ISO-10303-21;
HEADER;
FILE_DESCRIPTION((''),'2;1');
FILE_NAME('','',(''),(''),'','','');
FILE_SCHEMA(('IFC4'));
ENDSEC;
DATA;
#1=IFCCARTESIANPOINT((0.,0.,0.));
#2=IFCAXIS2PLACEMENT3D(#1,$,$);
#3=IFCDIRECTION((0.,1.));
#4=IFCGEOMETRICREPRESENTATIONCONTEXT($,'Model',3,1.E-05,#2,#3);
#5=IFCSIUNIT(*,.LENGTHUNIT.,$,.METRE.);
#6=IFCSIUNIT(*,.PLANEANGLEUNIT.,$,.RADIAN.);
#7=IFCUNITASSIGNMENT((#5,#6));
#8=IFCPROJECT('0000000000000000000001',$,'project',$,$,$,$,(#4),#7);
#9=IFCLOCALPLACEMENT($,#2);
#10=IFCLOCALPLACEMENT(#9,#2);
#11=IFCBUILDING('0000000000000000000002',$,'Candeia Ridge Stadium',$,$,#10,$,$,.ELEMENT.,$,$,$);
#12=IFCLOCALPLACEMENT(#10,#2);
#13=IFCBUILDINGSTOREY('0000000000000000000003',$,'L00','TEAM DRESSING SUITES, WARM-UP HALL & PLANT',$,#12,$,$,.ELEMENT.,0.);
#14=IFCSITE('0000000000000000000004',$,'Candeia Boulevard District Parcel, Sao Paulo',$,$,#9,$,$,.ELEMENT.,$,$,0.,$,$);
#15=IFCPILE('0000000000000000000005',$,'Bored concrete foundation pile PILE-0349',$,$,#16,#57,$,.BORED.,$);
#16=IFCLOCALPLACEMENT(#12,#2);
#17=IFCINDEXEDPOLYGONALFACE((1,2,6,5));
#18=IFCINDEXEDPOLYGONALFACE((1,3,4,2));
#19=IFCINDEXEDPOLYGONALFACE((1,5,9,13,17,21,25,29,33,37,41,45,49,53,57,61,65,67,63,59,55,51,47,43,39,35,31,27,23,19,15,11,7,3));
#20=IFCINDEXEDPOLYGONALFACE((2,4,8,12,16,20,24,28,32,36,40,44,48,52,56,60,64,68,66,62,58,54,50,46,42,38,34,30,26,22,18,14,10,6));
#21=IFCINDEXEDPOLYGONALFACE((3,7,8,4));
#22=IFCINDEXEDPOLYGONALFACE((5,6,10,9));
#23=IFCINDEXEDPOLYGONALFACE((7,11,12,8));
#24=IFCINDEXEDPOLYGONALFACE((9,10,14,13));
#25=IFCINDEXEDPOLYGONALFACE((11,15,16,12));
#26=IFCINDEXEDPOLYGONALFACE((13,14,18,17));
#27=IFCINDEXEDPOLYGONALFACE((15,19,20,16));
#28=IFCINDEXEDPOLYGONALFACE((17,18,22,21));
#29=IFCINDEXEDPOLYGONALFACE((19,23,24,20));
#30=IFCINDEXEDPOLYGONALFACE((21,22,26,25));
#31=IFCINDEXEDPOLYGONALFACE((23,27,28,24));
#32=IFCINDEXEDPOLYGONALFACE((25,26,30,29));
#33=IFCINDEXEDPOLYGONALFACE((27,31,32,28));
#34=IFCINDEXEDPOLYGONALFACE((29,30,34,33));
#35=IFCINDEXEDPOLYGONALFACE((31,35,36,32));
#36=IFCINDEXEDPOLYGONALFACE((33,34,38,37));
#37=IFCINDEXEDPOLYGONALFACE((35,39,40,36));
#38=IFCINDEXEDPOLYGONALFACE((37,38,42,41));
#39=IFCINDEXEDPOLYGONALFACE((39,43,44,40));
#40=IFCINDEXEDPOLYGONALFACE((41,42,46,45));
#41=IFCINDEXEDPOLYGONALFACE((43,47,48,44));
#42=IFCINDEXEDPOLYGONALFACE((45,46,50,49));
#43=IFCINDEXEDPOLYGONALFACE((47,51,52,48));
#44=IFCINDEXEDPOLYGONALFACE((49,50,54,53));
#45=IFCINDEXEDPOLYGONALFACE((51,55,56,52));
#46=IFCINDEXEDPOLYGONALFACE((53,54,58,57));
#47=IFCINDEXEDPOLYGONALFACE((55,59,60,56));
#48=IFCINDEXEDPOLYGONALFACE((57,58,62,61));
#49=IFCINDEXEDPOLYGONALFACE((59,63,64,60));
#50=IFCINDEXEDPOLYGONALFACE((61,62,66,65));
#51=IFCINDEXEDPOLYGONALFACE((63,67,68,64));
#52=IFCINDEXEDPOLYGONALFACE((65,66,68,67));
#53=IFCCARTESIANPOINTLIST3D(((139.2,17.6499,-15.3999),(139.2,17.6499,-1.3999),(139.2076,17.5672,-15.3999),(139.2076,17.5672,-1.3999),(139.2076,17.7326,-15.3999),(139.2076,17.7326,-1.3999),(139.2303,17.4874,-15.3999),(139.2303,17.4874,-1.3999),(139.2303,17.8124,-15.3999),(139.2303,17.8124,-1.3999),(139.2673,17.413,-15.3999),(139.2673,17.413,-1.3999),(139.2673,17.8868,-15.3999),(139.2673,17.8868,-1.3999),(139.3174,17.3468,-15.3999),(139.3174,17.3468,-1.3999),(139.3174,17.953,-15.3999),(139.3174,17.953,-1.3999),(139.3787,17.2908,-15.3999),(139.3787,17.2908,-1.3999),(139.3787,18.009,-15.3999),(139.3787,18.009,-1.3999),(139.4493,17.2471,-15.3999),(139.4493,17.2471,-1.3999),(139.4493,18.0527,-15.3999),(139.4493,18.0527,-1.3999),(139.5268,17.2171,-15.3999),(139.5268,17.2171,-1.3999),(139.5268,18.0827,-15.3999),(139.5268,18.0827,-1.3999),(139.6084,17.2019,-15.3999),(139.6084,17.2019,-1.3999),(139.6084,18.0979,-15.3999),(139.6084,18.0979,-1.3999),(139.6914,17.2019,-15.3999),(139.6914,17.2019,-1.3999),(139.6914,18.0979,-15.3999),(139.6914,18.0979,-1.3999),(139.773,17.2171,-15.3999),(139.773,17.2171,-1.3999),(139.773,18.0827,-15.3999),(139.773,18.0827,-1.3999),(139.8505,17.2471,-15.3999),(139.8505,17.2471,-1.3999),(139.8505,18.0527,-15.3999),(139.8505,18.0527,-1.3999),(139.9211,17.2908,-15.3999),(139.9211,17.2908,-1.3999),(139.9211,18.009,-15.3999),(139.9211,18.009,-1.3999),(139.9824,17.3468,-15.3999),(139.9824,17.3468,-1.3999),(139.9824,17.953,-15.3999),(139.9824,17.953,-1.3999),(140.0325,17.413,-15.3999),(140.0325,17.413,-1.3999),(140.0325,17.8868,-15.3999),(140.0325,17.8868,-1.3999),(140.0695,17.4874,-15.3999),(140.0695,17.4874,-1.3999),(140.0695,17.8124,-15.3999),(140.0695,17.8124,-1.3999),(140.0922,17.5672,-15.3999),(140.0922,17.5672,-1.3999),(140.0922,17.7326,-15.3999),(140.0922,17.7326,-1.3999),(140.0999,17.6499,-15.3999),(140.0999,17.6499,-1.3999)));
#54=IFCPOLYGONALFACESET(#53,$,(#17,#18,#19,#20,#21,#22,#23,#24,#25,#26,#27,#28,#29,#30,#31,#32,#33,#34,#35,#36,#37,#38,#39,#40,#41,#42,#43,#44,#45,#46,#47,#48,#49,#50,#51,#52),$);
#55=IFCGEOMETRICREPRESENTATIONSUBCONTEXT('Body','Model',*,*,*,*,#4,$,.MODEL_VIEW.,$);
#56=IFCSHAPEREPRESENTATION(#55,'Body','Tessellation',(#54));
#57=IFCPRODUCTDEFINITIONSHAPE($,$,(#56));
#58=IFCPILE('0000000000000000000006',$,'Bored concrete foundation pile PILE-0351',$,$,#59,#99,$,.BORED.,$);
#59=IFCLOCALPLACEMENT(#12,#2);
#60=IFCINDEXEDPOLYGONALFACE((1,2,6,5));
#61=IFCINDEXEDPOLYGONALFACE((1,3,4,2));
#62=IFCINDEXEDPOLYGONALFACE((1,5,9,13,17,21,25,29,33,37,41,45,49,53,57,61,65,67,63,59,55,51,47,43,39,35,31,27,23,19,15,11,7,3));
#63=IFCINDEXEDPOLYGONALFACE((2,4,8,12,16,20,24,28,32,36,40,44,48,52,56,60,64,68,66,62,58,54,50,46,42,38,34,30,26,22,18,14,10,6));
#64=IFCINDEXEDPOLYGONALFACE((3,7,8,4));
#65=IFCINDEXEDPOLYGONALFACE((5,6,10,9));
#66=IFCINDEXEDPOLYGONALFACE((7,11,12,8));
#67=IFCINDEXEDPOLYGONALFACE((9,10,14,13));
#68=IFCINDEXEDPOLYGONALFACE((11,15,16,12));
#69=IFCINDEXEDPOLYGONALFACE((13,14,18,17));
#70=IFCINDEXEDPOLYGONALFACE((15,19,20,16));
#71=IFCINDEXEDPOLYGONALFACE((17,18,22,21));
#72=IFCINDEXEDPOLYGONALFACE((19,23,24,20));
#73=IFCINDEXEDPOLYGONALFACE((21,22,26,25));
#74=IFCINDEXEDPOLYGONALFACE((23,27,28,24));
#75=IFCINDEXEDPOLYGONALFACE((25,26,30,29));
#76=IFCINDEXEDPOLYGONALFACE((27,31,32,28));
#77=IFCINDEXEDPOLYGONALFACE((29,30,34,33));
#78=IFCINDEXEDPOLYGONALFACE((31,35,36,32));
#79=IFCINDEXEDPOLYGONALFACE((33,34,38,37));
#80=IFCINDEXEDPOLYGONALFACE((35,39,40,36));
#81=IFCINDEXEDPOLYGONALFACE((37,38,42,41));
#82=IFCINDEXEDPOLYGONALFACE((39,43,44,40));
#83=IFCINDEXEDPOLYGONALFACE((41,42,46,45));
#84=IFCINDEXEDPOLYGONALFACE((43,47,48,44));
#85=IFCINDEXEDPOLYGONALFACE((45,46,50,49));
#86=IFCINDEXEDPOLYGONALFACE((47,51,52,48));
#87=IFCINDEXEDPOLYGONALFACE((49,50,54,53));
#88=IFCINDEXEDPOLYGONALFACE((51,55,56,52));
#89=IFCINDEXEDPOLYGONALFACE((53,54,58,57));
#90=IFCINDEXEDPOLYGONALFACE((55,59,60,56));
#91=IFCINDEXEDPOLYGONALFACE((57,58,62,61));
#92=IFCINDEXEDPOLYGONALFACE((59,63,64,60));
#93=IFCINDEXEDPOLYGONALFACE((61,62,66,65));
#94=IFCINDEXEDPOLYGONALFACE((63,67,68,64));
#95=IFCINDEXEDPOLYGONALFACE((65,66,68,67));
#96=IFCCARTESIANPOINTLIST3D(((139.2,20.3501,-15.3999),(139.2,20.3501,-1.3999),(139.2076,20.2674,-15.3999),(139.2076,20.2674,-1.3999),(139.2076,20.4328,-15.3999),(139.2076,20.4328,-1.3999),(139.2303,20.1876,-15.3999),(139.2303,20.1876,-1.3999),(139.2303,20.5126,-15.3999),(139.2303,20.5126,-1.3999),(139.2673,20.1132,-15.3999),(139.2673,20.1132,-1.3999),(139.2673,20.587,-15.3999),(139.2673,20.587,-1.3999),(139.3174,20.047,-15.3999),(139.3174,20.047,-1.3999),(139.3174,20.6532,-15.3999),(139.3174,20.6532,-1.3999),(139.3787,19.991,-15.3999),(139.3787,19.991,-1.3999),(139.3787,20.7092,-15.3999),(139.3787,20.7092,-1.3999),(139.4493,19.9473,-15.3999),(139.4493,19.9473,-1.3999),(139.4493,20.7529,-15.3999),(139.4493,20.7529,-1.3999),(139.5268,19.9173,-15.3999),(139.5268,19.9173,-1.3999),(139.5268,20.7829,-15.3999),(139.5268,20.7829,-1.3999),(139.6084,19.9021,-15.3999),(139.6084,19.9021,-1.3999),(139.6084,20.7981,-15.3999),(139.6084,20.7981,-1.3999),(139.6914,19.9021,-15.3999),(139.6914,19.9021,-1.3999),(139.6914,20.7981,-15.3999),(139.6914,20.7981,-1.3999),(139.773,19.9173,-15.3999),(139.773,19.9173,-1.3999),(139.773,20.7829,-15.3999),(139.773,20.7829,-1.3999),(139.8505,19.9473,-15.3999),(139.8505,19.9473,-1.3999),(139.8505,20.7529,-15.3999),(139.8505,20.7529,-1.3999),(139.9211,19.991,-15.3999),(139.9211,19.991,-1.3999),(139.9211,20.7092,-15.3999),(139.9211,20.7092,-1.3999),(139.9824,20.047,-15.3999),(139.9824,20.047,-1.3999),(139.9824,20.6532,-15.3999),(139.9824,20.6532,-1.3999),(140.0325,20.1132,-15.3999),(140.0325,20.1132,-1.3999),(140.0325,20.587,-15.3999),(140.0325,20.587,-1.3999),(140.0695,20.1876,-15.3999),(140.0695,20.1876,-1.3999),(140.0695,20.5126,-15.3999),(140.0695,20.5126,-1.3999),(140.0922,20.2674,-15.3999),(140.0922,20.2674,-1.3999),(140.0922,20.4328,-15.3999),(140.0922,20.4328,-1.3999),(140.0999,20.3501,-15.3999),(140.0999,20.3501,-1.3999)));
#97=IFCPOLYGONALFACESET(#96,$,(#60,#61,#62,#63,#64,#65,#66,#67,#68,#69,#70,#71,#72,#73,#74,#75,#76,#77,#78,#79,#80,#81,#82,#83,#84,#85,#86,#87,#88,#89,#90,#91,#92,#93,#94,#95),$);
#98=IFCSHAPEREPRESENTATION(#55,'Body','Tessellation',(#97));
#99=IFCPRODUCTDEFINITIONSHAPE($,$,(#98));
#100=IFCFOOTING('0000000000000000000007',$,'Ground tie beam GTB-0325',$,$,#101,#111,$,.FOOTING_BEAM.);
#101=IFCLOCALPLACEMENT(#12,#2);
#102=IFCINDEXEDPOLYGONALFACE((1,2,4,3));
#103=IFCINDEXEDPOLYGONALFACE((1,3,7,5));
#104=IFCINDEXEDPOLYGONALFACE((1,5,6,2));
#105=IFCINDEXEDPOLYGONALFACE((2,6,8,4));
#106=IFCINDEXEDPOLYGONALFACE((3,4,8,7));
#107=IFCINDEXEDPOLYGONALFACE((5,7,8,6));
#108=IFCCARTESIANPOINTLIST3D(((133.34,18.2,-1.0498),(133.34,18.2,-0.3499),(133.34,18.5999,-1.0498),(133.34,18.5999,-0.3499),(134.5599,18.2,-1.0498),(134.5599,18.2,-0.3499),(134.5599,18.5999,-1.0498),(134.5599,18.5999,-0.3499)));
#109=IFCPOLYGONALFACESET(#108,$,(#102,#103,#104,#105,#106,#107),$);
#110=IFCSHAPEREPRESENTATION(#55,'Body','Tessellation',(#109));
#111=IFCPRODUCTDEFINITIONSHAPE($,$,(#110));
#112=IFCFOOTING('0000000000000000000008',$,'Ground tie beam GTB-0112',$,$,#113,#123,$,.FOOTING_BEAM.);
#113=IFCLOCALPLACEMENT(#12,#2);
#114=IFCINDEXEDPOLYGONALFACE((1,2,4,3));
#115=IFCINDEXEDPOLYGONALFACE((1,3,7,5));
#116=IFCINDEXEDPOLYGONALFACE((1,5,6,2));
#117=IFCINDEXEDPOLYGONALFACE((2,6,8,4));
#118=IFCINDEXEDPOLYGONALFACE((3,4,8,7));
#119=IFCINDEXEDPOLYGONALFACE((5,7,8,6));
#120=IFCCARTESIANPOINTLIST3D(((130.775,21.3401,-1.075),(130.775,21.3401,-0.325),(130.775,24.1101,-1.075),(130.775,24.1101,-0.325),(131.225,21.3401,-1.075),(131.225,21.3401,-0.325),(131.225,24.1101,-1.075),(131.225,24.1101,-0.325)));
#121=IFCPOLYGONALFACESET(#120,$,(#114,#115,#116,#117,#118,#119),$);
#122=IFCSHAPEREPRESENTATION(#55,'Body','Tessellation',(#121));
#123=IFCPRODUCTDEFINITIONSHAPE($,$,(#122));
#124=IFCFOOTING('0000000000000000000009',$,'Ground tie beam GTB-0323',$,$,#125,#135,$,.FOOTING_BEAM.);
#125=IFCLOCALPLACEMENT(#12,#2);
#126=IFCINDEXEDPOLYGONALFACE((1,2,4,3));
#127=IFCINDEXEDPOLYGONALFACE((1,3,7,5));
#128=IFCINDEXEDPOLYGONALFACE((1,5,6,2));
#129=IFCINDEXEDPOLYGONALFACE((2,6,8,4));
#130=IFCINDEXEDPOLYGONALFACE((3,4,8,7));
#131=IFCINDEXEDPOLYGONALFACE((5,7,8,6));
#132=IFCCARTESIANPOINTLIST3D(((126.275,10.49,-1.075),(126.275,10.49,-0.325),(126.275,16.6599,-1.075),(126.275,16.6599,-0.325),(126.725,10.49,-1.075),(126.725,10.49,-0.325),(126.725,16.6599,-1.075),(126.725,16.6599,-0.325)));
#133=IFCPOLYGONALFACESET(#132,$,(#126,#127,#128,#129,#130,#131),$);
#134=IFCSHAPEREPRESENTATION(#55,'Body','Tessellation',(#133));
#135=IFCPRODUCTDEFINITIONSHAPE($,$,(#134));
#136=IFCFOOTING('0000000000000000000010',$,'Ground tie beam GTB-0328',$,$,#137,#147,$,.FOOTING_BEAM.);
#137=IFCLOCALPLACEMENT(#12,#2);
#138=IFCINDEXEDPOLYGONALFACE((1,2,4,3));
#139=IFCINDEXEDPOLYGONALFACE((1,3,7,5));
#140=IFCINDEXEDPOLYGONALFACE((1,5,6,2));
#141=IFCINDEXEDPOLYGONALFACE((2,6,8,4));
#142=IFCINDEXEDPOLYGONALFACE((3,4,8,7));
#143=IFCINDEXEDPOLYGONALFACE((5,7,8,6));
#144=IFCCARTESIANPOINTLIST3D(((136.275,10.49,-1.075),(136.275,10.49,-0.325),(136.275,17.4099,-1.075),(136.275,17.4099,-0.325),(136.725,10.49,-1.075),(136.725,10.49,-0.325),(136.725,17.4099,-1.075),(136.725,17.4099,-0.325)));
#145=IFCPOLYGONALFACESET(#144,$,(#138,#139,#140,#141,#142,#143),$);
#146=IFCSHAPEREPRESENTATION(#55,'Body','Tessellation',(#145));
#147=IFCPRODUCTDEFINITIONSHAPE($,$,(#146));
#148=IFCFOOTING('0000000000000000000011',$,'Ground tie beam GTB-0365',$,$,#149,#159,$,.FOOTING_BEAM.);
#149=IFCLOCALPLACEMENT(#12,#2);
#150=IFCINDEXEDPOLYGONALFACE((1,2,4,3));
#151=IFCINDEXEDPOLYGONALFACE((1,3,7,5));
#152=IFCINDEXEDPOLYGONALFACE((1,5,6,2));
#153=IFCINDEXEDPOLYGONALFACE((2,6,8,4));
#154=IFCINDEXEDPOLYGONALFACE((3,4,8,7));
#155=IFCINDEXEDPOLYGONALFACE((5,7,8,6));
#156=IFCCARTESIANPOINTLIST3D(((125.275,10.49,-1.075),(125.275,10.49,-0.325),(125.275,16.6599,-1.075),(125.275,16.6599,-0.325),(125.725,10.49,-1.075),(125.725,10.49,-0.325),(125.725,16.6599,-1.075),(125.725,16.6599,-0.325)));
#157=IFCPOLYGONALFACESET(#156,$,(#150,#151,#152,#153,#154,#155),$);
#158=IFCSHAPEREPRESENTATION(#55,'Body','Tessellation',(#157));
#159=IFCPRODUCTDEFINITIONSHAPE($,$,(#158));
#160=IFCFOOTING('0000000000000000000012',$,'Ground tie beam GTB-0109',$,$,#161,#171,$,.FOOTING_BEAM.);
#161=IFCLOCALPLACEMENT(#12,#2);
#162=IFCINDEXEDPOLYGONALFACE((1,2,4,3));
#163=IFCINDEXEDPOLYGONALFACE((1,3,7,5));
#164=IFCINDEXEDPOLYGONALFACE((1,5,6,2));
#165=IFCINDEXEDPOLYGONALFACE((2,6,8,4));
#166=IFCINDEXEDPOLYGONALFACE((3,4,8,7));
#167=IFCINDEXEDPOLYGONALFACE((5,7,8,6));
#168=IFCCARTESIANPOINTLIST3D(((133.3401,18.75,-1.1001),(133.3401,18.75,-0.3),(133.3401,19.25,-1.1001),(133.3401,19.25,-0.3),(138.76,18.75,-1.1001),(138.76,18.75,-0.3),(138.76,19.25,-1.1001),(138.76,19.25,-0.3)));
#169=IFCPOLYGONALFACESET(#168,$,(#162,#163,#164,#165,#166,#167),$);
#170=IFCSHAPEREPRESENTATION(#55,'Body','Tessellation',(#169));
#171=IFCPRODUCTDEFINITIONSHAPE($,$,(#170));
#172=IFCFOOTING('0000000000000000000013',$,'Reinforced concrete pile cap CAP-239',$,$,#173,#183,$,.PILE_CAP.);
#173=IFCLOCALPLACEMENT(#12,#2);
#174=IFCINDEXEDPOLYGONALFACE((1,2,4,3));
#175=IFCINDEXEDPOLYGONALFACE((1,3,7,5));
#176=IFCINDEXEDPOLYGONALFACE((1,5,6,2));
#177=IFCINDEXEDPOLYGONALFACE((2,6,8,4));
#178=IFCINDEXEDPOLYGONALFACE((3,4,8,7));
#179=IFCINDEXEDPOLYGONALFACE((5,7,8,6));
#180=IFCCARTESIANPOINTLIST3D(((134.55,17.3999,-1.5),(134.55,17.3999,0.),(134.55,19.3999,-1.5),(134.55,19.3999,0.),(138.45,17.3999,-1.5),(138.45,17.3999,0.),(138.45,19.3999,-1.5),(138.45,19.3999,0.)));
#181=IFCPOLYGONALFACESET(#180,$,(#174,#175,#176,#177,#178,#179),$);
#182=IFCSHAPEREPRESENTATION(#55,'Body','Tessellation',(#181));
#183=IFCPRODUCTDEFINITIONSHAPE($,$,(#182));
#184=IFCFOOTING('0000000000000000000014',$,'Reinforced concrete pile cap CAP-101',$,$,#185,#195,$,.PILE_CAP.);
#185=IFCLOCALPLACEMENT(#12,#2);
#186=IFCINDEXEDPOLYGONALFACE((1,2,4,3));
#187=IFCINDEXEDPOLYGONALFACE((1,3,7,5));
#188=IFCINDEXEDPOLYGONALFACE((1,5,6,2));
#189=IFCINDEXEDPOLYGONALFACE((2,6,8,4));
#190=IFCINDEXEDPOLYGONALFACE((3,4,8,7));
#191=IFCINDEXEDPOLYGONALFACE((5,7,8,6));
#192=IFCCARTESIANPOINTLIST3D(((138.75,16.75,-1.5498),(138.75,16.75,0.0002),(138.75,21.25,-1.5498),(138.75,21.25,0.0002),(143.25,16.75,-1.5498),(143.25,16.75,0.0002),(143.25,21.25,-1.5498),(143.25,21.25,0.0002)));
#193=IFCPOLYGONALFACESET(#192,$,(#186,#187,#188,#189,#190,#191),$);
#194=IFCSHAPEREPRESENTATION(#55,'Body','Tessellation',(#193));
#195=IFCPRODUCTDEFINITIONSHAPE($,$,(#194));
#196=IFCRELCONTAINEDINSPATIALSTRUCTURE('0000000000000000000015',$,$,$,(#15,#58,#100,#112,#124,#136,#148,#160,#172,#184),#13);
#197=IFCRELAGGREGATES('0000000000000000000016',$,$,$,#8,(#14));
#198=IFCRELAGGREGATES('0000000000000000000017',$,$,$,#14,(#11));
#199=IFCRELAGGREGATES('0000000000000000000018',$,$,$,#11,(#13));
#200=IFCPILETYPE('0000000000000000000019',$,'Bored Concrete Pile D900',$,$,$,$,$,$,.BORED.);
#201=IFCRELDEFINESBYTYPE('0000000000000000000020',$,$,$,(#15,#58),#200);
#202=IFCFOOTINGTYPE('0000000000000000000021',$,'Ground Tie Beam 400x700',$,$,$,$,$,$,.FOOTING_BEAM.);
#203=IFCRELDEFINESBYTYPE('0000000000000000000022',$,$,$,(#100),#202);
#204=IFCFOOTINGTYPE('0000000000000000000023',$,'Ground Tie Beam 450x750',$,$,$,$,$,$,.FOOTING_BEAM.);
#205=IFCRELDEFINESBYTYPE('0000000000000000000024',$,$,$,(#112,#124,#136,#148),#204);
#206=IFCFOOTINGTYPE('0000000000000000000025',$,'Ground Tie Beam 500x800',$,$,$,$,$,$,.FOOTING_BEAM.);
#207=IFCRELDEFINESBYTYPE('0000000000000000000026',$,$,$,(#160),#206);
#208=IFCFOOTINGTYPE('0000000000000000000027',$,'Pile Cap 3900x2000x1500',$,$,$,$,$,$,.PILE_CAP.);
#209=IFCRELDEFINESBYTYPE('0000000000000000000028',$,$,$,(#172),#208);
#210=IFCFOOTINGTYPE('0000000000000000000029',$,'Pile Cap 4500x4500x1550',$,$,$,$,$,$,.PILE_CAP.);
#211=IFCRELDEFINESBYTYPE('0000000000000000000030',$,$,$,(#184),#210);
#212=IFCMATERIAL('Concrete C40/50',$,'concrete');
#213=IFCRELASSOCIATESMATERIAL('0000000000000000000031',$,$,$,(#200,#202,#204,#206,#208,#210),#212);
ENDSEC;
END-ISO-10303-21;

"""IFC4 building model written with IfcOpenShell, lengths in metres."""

from ifc_helpers import new_model, si_unit, direction, frame, origin, origin_2d, place, context, subcontext, project, spatial, rectangle, circle, extrude, material, material_profile, profile_set, type_object, element, save


model = new_model("IFC4")

# Units and contexts
model_context = context("Model", 3, precision=1e-05, world=origin(), true_north=direction((0.0, 1.0)))
body_context = subcontext(model_context, "Body", "Model", "MODEL_VIEW")
ifc_project = project(units=[si_unit("LENGTHUNIT", "METRE"), si_unit("PLANEANGLEUNIT", "RADIAN")], contexts=[model_context])

# Site, building, storey
site_placement = place(None, origin())
site = spatial("IfcSite", under=ifc_project, at=site_placement, Name="Candeia Boulevard District Parcel, Sao Paulo", CompositionType="ELEMENT", RefElevation=0.0)
building_placement = place(site_placement, origin())
building = spatial("IfcBuilding", under=site, at=building_placement, Name="Candeia Ridge Stadium", CompositionType="ELEMENT")
storey_placement = place(building_placement, origin())
storey = spatial("IfcBuildingStorey", under=building, at=storey_placement, Name="L00", Description="TEAM DRESSING SUITES, WARM-UP HALL & PLANT", CompositionType="ELEMENT", Elevation=0.0)

# Piles
ifc_material_1 = material(Name="Concrete C40/50", Category="concrete")
ifc_material_profile_1 = material_profile(ifc_material_1, circle(Radius=0.45, at=origin_2d()), Name="PILE-D900", Category="concrete")
ifc_profile_set_1 = profile_set([ifc_material_profile_1], Name="Concrete C40/50")
pile_type_1 = type_object("IfcPileType", Name="Bored Concrete Pile D900", PredefinedType="BORED", material=ifc_profile_set_1)
for number, where, z_axis, x_axis, name in (
    (1, (139.6499, 17.6499, -1.3999), (0.0, 0.0, -1.0), (1.0, 0.0, 0.0), "Bored concrete foundation pile PILE-0349"),
    (2, (139.6499, 20.3501, -1.3999), (0.0, 0.0, -1.0), (1.0, 0.0, 0.0), "Bored concrete foundation pile PILE-0351"),
):
    element("IfcPile", number, at=place(storey_placement, frame(where, z_axis=z_axis, x_axis=x_axis)), inside=storey, type_object=pile_type_1, Name=name, PredefinedType="BORED", context=body_context, shape_type="SweptSolid", body=[
        extrude(circle(Radius=0.45, at=origin_2d()), origin(), (0.0, 0.0, 1.0), 14.0),
    ])

# Footings
footing_type_1 = type_object("IfcFootingType", Name="Ground Tie Beam 400x700", PredefinedType="FOOTING_BEAM", material=ifc_material_1)
footing_1_placement = place(storey_placement, frame((133.95, 18.3999, -1.0498), z_axis=(0.0, 0.0, 1.0), x_axis=(1.0, 0.0, 0.0)))
element("IfcFooting", 3, at=footing_1_placement, inside=storey, type_object=footing_type_1, Name="Ground tie beam GTB-0325", PredefinedType="FOOTING_BEAM", context=body_context, shape_type="SweptSolid", body=[
    extrude(rectangle(XDim=1.22, YDim=0.3999, at=origin_2d()), origin(), (0.0, 0.0, 1.0), 0.7),
])
footing_type_2 = type_object("IfcFootingType", Name="Ground Tie Beam 450x750", PredefinedType="FOOTING_BEAM", material=ifc_material_1)
footing_2_placement = place(storey_placement, frame((131.0, 22.7251, -1.075), z_axis=(0.0, 0.0, 1.0), x_axis=(0.0, -1.0, 0.0)))
element("IfcFooting", 4, at=footing_2_placement, inside=storey, type_object=footing_type_2, Name="Ground tie beam GTB-0112", PredefinedType="FOOTING_BEAM", context=body_context, shape_type="SweptSolid", body=[
    extrude(rectangle(XDim=2.77, YDim=0.45, at=origin_2d()), origin(), (0.0, 0.0, 1.0), 0.75),
])
footing_3_placement = place(storey_placement, frame((126.5, 13.575, -1.075), z_axis=(0.0, 0.0, 1.0), x_axis=(0.0, 1.0, 0.0)))
element("IfcFooting", 5, at=footing_3_placement, inside=storey, type_object=footing_type_2, Name="Ground tie beam GTB-0323", PredefinedType="FOOTING_BEAM", context=body_context, shape_type="SweptSolid", body=[
    extrude(rectangle(XDim=6.1699, YDim=0.45, at=origin_2d()), origin(), (0.0, 0.0, 1.0), 0.75),
])
footing_4_placement = place(storey_placement, frame((136.5, 13.95, -1.075), z_axis=(0.0, 0.0, 1.0), x_axis=(0.0, 1.0, 0.0)))
element("IfcFooting", 6, at=footing_4_placement, inside=storey, type_object=footing_type_2, Name="Ground tie beam GTB-0328", PredefinedType="FOOTING_BEAM", context=body_context, shape_type="SweptSolid", body=[
    extrude(rectangle(XDim=6.9199, YDim=0.45, at=origin_2d()), origin(), (0.0, 0.0, 1.0), 0.75),
])
footing_5_placement = place(storey_placement, frame((125.5, 13.575, -1.075), z_axis=(0.0, 0.0, 1.0), x_axis=(0.0, 1.0, 0.0)))
element("IfcFooting", 7, at=footing_5_placement, inside=storey, type_object=footing_type_2, Name="Ground tie beam GTB-0365", PredefinedType="FOOTING_BEAM", context=body_context, shape_type="SweptSolid", body=[
    extrude(rectangle(XDim=6.1699, YDim=0.45, at=origin_2d()), origin(), (0.0, 0.0, 1.0), 0.75),
])
footing_type_3 = type_object("IfcFootingType", Name="Ground Tie Beam 500x800", PredefinedType="FOOTING_BEAM", material=ifc_material_1)
footing_6_placement = place(storey_placement, frame((136.05, 19.0, -1.1001), z_axis=(0.0, 0.0, 1.0), x_axis=(1.0, 0.0, 0.0)))
element("IfcFooting", 8, at=footing_6_placement, inside=storey, type_object=footing_type_3, Name="Ground tie beam GTB-0109", PredefinedType="FOOTING_BEAM", context=body_context, shape_type="SweptSolid", body=[
    extrude(rectangle(XDim=5.4199, YDim=0.5, at=origin_2d()), origin(), (0.0, 0.0, 1.0), 0.8),
])
footing_type_4 = type_object("IfcFootingType", Name="Pile Cap 3900x2000x1500", PredefinedType="PILE_CAP", material=ifc_material_1)
footing_7_placement = place(storey_placement, frame((136.5, 18.3999, -1.5), z_axis=(0.0, 0.0, 1.0), x_axis=(1.0, 0.0, 0.0)))
element("IfcFooting", 9, at=footing_7_placement, inside=storey, type_object=footing_type_4, Name="Reinforced concrete pile cap CAP-239", PredefinedType="PILE_CAP", context=body_context, shape_type="SweptSolid", body=[
    extrude(rectangle(XDim=3.8999, YDim=2.0, at=origin_2d()), origin(), (0.0, 0.0, 1.0), 1.5),
])
footing_type_5 = type_object("IfcFootingType", Name="Pile Cap 4500x4500x1550", PredefinedType="PILE_CAP", material=ifc_material_1)
footing_8_placement = place(storey_placement, frame((141.0, 19.0, -1.5498), z_axis=(0.0, 0.0, 1.0), x_axis=(1.0, 0.0, 0.0)))
element("IfcFooting", 10, at=footing_8_placement, inside=storey, type_object=footing_type_5, Name="Reinforced concrete pile cap CAP-101", PredefinedType="PILE_CAP", context=body_context, shape_type="SweptSolid", body=[
    extrude(rectangle(XDim=4.5, YDim=4.5, at=origin_2d()), origin(), (0.0, 0.0, 1.0), 1.55),
])

save(model, "model.ifc")
